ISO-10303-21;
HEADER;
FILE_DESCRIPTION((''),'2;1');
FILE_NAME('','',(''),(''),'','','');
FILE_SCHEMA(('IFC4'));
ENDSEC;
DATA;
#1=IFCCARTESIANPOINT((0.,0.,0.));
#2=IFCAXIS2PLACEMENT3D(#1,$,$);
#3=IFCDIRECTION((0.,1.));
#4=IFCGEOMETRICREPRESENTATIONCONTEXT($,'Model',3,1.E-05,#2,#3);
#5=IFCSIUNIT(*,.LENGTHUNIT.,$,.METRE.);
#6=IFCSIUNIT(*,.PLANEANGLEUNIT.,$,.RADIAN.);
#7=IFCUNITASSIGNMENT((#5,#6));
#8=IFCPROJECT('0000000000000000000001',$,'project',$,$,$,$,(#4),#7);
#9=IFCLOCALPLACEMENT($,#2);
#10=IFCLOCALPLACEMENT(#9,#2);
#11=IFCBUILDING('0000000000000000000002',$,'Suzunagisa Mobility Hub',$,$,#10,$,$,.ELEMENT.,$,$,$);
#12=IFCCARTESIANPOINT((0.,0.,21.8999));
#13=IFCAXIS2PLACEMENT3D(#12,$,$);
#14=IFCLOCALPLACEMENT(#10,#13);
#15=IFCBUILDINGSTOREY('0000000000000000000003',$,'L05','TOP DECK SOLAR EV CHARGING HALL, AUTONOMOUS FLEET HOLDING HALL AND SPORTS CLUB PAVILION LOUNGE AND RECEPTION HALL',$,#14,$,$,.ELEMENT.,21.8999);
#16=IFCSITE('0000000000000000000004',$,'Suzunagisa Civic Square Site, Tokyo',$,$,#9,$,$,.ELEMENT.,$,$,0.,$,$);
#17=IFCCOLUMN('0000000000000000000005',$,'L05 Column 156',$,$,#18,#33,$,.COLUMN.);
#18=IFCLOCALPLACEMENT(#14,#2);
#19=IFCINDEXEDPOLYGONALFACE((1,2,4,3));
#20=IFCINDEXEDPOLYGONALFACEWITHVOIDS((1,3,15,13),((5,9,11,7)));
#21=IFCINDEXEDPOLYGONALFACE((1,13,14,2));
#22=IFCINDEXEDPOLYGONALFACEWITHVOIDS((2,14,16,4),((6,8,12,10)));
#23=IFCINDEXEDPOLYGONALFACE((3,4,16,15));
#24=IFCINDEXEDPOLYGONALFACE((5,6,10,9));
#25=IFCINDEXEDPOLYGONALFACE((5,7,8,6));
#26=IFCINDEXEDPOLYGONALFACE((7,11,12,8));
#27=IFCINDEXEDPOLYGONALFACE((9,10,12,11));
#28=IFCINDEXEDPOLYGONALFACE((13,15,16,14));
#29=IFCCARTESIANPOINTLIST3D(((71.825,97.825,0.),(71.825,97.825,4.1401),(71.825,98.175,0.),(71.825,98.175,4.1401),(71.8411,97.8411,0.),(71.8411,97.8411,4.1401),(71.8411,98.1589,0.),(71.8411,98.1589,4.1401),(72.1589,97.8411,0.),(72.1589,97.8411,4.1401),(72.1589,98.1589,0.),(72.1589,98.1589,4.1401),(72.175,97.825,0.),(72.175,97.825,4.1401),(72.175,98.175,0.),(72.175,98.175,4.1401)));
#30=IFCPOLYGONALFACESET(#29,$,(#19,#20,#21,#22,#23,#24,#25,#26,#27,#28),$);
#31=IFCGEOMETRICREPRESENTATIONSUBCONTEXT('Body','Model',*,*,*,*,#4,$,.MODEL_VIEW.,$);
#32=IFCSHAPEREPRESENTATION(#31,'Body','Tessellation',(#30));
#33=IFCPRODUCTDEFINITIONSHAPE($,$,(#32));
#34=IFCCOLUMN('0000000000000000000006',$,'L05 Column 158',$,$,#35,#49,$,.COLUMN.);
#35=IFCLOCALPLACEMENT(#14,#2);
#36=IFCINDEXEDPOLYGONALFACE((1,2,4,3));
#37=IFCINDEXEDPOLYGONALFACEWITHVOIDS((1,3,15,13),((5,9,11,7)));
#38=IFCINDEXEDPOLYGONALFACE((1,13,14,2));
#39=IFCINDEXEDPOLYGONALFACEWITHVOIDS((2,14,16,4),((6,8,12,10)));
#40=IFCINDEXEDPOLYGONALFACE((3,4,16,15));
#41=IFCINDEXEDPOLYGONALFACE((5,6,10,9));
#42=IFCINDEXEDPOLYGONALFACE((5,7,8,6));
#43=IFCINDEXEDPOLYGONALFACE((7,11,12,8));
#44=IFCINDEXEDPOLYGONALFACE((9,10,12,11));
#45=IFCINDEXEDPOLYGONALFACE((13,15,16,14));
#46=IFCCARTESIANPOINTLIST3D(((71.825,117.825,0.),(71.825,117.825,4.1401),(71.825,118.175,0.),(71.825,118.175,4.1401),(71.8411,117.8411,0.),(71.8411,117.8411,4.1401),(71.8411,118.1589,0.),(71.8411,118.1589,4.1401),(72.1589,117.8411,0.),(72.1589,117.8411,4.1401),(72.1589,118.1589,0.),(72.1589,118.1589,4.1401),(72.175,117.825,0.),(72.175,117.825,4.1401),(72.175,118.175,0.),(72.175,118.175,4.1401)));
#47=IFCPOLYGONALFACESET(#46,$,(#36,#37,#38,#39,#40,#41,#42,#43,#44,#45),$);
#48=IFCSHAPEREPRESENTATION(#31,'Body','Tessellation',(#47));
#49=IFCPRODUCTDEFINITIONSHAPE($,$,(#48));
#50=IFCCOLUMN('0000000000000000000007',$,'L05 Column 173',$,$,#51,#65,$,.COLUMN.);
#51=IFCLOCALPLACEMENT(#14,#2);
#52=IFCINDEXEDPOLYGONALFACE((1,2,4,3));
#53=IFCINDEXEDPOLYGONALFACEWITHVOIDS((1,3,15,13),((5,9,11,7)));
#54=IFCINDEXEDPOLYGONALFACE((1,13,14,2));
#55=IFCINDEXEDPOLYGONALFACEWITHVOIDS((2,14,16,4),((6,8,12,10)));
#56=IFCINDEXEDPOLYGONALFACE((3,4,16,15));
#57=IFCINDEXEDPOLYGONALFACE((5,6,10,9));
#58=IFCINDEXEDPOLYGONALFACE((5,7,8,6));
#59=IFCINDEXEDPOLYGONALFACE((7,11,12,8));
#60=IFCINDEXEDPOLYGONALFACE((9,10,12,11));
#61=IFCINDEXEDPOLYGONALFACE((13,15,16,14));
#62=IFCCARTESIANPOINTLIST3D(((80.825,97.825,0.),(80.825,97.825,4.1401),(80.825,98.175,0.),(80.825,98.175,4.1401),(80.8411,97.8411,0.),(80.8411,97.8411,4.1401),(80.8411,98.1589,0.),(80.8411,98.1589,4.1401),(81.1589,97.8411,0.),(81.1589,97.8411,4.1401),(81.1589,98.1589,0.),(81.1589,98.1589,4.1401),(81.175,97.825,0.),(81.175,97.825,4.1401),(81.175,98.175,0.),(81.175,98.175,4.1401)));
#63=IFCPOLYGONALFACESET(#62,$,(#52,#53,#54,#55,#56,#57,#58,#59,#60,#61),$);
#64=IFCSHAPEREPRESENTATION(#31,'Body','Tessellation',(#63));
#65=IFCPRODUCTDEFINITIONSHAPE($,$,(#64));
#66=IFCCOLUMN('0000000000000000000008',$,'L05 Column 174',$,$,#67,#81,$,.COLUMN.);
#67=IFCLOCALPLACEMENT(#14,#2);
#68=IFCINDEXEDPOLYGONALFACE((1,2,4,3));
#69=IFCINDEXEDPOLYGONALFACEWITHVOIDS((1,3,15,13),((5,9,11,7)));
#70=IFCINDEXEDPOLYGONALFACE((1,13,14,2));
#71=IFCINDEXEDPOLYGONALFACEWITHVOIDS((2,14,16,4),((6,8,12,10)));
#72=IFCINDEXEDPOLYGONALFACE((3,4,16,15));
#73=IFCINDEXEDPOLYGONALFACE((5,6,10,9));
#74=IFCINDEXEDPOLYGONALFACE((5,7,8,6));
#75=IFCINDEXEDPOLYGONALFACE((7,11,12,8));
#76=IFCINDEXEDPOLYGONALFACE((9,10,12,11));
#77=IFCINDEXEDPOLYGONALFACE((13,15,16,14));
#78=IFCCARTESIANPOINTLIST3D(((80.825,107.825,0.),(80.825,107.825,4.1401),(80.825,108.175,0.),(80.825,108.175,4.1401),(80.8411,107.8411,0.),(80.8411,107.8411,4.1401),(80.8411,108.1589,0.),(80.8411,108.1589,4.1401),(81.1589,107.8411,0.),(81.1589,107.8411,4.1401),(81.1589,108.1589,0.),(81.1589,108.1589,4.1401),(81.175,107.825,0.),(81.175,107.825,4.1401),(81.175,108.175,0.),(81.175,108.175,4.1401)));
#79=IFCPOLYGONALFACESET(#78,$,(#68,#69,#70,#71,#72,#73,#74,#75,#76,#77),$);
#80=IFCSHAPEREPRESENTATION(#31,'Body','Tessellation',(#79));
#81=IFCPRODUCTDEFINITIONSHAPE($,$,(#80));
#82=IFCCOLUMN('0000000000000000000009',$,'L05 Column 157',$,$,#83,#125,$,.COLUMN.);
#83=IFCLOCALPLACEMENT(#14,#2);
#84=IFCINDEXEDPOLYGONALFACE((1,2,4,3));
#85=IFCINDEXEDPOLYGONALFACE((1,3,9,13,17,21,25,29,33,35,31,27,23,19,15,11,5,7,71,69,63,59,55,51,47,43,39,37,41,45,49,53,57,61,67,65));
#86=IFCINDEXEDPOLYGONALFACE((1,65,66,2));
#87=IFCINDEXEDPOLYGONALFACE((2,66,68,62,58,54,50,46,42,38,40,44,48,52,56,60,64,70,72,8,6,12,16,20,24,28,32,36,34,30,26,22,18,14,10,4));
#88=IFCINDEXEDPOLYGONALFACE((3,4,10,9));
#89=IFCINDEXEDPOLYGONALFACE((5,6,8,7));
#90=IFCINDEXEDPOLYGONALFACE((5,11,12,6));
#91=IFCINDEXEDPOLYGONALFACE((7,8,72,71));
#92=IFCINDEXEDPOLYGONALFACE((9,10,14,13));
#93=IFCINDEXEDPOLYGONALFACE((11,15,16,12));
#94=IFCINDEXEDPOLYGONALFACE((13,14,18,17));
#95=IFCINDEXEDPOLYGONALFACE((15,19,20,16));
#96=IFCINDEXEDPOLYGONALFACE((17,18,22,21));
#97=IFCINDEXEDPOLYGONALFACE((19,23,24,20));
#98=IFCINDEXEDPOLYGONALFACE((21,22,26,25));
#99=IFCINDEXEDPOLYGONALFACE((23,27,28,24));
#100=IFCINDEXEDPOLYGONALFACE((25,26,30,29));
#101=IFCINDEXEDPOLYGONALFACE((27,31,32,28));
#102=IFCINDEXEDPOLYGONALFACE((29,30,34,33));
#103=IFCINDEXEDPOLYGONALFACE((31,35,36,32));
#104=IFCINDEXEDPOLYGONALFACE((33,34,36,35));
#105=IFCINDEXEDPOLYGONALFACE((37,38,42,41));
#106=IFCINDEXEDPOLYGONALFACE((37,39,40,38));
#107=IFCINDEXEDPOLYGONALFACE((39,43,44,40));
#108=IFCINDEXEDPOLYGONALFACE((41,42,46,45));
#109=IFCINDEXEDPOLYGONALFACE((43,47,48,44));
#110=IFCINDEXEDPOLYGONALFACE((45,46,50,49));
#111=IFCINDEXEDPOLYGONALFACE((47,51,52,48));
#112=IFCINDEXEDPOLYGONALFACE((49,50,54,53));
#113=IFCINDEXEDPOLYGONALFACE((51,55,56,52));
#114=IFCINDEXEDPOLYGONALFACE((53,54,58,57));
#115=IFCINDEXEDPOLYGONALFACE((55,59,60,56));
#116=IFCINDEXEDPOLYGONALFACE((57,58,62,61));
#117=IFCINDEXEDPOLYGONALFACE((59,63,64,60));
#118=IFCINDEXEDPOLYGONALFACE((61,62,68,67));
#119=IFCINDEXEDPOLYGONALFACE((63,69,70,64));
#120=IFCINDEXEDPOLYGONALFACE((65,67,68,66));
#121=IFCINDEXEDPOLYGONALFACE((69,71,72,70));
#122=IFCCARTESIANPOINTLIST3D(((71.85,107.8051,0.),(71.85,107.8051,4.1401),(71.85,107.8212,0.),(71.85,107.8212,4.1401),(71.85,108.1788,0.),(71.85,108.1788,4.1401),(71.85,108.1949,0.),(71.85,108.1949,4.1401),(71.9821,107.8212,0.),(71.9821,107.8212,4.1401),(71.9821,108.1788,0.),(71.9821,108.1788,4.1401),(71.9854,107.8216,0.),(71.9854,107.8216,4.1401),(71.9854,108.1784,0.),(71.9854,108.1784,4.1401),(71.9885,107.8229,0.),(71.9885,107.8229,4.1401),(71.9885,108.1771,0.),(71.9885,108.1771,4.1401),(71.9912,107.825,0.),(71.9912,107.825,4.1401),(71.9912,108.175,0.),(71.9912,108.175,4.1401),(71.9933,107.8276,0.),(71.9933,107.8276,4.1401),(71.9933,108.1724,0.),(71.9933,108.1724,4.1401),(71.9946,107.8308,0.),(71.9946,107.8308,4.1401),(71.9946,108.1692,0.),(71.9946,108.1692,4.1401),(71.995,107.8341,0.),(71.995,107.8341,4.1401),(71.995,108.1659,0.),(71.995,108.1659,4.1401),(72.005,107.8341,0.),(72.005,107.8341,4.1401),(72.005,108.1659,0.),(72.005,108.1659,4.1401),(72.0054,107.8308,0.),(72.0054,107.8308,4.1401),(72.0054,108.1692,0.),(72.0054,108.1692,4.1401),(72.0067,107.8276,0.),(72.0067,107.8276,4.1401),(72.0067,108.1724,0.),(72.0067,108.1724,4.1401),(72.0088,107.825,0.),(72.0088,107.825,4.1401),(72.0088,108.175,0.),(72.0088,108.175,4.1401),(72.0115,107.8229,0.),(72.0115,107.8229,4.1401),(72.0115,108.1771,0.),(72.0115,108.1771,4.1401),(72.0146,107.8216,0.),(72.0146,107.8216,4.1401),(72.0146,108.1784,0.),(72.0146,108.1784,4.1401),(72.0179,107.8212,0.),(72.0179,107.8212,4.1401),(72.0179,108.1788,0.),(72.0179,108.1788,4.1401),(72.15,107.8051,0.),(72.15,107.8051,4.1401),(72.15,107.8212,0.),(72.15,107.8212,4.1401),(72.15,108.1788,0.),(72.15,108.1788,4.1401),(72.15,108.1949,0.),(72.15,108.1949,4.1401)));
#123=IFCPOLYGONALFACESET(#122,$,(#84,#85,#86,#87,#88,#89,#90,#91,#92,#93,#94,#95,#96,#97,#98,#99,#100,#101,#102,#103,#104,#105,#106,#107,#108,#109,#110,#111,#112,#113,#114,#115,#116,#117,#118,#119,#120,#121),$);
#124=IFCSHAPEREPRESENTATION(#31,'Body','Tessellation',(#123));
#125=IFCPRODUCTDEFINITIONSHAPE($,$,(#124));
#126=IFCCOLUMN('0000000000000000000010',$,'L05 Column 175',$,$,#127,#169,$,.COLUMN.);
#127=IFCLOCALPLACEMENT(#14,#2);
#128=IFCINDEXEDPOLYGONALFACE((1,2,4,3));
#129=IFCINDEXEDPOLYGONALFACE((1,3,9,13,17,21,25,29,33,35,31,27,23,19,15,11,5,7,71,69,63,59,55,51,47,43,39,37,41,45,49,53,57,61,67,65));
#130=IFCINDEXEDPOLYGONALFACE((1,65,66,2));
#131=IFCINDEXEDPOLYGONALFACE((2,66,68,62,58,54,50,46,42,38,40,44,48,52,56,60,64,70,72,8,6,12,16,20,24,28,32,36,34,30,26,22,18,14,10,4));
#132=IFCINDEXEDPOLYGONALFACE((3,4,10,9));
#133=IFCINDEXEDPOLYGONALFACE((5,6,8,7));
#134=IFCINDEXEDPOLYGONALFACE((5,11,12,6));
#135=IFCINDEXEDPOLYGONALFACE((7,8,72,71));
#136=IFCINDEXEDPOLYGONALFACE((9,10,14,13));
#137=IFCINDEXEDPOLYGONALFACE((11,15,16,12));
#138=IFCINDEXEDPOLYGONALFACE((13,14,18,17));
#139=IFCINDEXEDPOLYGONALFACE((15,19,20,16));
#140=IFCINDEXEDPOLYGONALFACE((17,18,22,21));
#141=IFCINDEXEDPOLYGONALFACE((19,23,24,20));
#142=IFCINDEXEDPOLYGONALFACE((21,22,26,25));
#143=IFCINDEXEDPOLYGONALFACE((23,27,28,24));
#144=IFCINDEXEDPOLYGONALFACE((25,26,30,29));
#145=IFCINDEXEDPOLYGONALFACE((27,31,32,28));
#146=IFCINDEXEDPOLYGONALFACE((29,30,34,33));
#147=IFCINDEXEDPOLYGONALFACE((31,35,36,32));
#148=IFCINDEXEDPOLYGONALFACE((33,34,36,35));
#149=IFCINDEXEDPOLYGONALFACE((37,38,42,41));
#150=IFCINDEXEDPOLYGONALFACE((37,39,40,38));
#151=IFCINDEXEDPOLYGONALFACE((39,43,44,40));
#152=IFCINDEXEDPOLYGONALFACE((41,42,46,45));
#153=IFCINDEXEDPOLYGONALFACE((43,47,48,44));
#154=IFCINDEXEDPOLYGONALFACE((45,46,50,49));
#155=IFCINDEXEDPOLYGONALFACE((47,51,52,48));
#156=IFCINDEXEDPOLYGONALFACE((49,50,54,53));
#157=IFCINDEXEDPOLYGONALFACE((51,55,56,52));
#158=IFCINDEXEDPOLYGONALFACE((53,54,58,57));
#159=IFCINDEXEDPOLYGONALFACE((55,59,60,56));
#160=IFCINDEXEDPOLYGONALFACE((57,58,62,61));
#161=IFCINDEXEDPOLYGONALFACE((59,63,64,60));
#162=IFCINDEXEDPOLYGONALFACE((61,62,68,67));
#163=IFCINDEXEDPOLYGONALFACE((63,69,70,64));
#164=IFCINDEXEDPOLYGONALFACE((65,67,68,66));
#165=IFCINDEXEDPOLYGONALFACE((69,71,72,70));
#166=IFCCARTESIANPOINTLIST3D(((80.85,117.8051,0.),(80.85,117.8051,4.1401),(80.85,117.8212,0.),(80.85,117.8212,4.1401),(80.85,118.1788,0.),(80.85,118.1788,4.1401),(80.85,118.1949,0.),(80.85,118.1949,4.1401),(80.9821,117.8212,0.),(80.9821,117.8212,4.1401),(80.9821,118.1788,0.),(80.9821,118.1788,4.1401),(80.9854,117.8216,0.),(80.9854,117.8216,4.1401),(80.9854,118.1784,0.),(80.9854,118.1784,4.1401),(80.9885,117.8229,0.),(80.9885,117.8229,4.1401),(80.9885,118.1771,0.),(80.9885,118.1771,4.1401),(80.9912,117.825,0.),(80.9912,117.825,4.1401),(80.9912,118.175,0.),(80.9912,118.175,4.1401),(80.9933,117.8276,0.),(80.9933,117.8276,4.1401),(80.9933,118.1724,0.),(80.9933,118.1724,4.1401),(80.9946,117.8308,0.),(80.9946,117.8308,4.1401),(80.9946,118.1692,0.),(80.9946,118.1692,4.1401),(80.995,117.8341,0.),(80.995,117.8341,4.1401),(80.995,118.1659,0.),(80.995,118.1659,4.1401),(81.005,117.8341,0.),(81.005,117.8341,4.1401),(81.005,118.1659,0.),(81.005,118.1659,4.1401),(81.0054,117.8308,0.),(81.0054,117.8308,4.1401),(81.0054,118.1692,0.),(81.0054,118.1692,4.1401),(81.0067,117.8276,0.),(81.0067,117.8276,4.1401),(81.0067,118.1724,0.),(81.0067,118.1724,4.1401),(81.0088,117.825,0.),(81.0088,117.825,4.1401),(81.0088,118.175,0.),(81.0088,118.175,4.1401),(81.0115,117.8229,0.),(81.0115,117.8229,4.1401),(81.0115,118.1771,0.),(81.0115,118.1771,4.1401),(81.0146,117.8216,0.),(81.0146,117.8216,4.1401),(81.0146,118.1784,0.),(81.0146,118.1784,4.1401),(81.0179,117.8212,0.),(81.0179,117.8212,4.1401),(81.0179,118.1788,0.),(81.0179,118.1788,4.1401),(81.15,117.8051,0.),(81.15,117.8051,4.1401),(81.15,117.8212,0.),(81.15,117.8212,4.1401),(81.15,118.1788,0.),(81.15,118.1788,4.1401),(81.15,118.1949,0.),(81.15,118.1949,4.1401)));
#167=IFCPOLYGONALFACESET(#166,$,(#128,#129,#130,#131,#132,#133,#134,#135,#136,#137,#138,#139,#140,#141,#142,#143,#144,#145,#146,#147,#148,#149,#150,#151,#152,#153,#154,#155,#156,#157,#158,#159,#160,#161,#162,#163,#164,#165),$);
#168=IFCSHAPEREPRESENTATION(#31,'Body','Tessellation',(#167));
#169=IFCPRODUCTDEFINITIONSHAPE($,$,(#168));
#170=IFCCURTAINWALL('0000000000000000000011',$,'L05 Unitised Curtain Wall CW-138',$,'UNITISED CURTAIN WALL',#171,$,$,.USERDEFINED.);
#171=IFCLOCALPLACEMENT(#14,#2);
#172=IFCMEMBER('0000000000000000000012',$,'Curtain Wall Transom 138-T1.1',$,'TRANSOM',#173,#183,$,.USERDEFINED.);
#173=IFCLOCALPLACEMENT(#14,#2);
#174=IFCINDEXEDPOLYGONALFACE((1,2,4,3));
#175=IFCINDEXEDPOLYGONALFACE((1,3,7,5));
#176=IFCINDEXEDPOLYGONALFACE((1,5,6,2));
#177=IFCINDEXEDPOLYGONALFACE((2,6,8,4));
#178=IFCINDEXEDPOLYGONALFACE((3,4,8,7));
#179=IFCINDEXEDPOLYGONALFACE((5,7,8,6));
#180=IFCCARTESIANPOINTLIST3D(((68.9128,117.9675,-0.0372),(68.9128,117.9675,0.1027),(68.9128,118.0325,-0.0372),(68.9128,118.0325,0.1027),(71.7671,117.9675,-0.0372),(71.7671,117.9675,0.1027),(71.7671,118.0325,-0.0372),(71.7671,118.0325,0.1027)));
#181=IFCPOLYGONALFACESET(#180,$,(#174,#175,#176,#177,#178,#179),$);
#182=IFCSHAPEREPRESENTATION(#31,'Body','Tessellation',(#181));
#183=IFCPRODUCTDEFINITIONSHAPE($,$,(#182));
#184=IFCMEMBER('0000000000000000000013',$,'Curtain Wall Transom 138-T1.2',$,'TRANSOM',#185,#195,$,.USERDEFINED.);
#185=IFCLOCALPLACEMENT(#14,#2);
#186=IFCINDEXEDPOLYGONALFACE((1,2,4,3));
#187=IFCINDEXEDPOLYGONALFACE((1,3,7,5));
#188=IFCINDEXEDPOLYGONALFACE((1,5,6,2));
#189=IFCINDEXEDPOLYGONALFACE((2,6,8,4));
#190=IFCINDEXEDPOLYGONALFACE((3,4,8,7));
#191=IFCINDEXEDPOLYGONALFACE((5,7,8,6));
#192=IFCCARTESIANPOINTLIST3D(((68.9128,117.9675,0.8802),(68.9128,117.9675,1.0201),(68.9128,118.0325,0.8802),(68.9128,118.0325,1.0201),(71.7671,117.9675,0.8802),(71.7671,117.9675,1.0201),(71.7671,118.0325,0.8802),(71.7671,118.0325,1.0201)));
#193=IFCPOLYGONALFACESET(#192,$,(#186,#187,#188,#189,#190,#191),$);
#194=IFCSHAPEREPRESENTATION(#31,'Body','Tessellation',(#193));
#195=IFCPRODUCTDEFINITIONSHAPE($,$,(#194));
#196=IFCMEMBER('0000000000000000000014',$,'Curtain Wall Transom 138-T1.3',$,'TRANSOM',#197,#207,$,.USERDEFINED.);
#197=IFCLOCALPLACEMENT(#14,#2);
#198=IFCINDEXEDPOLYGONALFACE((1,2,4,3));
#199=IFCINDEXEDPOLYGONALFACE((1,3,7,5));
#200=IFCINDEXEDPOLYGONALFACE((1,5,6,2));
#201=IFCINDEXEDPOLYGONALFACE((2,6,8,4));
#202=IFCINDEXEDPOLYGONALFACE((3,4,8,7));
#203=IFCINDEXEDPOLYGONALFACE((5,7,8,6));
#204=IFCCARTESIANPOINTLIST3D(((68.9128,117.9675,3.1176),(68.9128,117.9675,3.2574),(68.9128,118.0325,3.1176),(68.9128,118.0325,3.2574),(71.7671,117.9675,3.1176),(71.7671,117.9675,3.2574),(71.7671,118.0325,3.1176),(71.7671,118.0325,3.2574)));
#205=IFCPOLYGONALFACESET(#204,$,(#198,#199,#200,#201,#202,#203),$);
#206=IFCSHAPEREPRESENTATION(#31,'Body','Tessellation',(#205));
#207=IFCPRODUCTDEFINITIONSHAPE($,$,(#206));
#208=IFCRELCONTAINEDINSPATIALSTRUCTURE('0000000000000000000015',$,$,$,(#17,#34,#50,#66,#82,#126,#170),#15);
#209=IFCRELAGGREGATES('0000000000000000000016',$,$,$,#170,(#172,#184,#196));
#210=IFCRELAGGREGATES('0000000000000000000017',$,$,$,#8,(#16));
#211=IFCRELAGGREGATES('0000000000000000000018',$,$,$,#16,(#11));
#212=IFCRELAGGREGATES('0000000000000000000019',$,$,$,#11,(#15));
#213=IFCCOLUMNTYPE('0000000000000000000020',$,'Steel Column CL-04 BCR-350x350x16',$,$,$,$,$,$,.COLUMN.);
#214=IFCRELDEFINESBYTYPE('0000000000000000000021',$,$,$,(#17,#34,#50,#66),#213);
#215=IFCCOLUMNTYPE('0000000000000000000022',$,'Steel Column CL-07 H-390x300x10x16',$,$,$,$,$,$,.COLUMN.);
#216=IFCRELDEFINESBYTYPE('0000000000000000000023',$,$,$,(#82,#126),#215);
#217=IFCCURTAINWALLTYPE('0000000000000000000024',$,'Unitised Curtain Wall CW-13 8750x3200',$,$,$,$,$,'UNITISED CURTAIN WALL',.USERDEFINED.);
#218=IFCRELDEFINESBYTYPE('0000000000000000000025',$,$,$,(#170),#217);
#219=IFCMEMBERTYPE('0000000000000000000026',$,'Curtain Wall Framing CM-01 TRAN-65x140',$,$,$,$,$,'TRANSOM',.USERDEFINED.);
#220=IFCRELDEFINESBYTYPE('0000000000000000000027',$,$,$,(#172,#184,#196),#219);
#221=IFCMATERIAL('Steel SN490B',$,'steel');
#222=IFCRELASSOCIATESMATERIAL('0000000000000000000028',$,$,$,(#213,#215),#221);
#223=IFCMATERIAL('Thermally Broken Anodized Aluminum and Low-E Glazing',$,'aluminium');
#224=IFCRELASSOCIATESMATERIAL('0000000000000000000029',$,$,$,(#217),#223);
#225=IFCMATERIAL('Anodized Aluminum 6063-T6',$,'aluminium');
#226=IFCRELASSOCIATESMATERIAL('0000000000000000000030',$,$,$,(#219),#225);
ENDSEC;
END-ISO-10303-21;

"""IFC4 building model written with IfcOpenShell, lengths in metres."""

from ifc_helpers import new_model, si_unit, direction, frame, origin, origin_2d, place, context, subcontext, project, spatial, rectangle, hollow_rectangle, i_section, extrude, material, material_profile, profile_set, type_object, element, aggregate, save


model = new_model("IFC4")

# Units and contexts
model_context = context("Model", 3, precision=1e-05, world=origin(), true_north=direction((0.0, 1.0)))
body_context = subcontext(model_context, "Body", "Model", "MODEL_VIEW")
ifc_project = project(units=[si_unit("LENGTHUNIT", "METRE"), si_unit("PLANEANGLEUNIT", "RADIAN")], contexts=[model_context])

# Site, building, storey
site_placement = place(None, origin())
site = spatial("IfcSite", under=ifc_project, at=site_placement, Name="Suzunagisa Civic Square Site, Tokyo", CompositionType="ELEMENT", RefElevation=0.0)
building_placement = place(site_placement, origin())
building = spatial("IfcBuilding", under=site, at=building_placement, Name="Suzunagisa Mobility Hub", CompositionType="ELEMENT")
storey_placement = place(building_placement, frame((0.0, 0.0, 21.8999)))
storey = spatial("IfcBuildingStorey", under=building, at=storey_placement, Name="L05", Description="TOP DECK SOLAR EV CHARGING HALL, AUTONOMOUS FLEET HOLDING HALL AND SPORTS CLUB PAVILION LOUNGE AND RECEPTION HALL", CompositionType="ELEMENT", Elevation=21.8999)

# Columns
ifc_material_1 = material(Name="Steel SN490B", Category="steel")
ifc_material_profile_1 = material_profile(ifc_material_1, hollow_rectangle(XDim=0.3501, YDim=0.3501, WallThickness=0.0161, at=origin_2d()), Name="BCR-350x350x16")
ifc_profile_set_1 = profile_set([ifc_material_profile_1], Name="Steel SN490B")
column_type_1 = type_object("IfcColumnType", Name="Steel Column CL-04 BCR-350x350x16", PredefinedType="COLUMN", material=ifc_profile_set_1)
for number, where, z_axis, x_axis, name in (
    (1, (72.0, 98.0, 0.0), (0.0, 0.0, 1.0), (1.0, 0.0, 0.0), "L05 Column 156"),
    (2, (72.0, 118.0, 0.0), (0.0, 0.0, 1.0), (1.0, 0.0, 0.0), "L05 Column 158"),
    (3, (81.0, 98.0, 0.0), (0.0, 0.0, 1.0), (1.0, 0.0, 0.0), "L05 Column 173"),
    (4, (81.0, 108.0, 0.0), (0.0, 0.0, 1.0), (1.0, 0.0, 0.0), "L05 Column 174"),
):
    element("IfcColumn", number, at=place(storey_placement, frame(where, z_axis=z_axis, x_axis=x_axis)), inside=storey, type_object=column_type_1, Name=name, PredefinedType="COLUMN", context=body_context, shape_type="SweptSolid", body=[
        extrude(hollow_rectangle(XDim=0.3501, YDim=0.3501, WallThickness=0.0161, at=origin_2d()), origin(), (0.0, 0.0, 1.0), 4.1401),
    ])
ifc_material_profile_2 = material_profile(ifc_material_1, i_section(OverallWidth=0.3, OverallDepth=0.3899, WebThickness=0.01, FlangeThickness=0.0161, FilletRadius=0.0129, at=origin_2d()), Name="H-390x300x10x16")
ifc_profile_set_2 = profile_set([ifc_material_profile_2], Name="Steel SN490B")
column_type_2 = type_object("IfcColumnType", Name="Steel Column CL-07 H-390x300x10x16", PredefinedType="COLUMN", material=ifc_profile_set_2)
for number, where, z_axis, x_axis, name in (
    (5, (72.0, 108.0, 0.0), (0.0, 0.0, 1.0), (1.0, 0.0, 0.0), "L05 Column 157"),
    (6, (81.0, 118.0, 0.0), (0.0, 0.0, 1.0), (1.0, 0.0, 0.0), "L05 Column 175"),
):
    element("IfcColumn", number, at=place(storey_placement, frame(where, z_axis=z_axis, x_axis=x_axis)), inside=storey, type_object=column_type_2, Name=name, PredefinedType="COLUMN", context=body_context, shape_type="SweptSolid", body=[
        extrude(i_section(OverallWidth=0.3, OverallDepth=0.3899, WebThickness=0.01, FlangeThickness=0.0161, FilletRadius=0.0129, at=origin_2d()), origin(), (0.0, 0.0, 1.0), 4.1401),
    ])

# Curtain wall, members
ifc_material_2 = material(Name="Thermally Broken Anodized Aluminum and Low-E Glazing", Category="aluminium")
curtain_wall_type = type_object("IfcCurtainWallType", Name="Unitised Curtain Wall CW-13 8750x3200", ElementType="UNITISED CURTAIN WALL", PredefinedType="USERDEFINED", material=ifc_material_2)
curtain_wall_placement = place(storey_placement, origin())
curtain_wall = element("IfcCurtainWall", 7, at=curtain_wall_placement, inside=storey, type_object=curtain_wall_type, Name="L05 Unitised Curtain Wall CW-138", ObjectType="UNITISED CURTAIN WALL", PredefinedType="USERDEFINED")
ifc_material_3 = material(Name="Anodized Aluminum 6063-T6", Category="aluminium")
ifc_material_profile_3 = material_profile(ifc_material_3, rectangle(XDim=0.0649, YDim=0.1399, at=origin_2d()), Name="TRAN-65x140")
ifc_profile_set_3 = profile_set([ifc_material_profile_3], Name="Anodized Aluminum 6063-T6")
member_type_1 = type_object("IfcMemberType", Name="Curtain Wall Framing CM-01 TRAN-65x140", ElementType="TRANSOM", PredefinedType="USERDEFINED", material=ifc_profile_set_3)
member_1_placement = place(storey_placement, frame((71.7671, 118.0, 0.0327), z_axis=(-1.0, 0.0, 0.0), x_axis=(0.0, -1.0, 0.0)))
member_1 = element("IfcMember", 8, at=member_1_placement, type_object=member_type_1, Name="Curtain Wall Transom 138-T1.1", ObjectType="TRANSOM", PredefinedType="USERDEFINED", context=body_context, shape_type="SweptSolid", body=[
    extrude(rectangle(XDim=0.0649, YDim=0.1399, at=origin_2d()), origin(), (0.0, 0.0, 1.0), 2.8542),
])
member_2_placement = place(storey_placement, frame((71.7671, 118.0, 0.9502), z_axis=(-1.0, 0.0, 0.0), x_axis=(0.0, -1.0, 0.0)))
member_2 = element("IfcMember", 9, at=member_2_placement, type_object=member_type_1, Name="Curtain Wall Transom 138-T1.2", ObjectType="TRANSOM", PredefinedType="USERDEFINED", context=body_context, shape_type="SweptSolid", body=[
    extrude(rectangle(XDim=0.0649, YDim=0.1399, at=origin_2d()), origin(), (0.0, 0.0, 1.0), 2.8542),
])
member_3_placement = place(storey_placement, frame((71.7671, 118.0, 3.1875), z_axis=(-1.0, 0.0, 0.0), x_axis=(0.0, -1.0, 0.0)))
member_3 = element("IfcMember", 10, at=member_3_placement, type_object=member_type_1, Name="Curtain Wall Transom 138-T1.3", ObjectType="TRANSOM", PredefinedType="USERDEFINED", context=body_context, shape_type="SweptSolid", body=[
    extrude(rectangle(XDim=0.0649, YDim=0.1399, at=origin_2d()), origin(), (0.0, 0.0, 1.0), 2.8542),
])

aggregate(curtain_wall, [member_1, member_2, member_3])

save(model, "model.ifc")
